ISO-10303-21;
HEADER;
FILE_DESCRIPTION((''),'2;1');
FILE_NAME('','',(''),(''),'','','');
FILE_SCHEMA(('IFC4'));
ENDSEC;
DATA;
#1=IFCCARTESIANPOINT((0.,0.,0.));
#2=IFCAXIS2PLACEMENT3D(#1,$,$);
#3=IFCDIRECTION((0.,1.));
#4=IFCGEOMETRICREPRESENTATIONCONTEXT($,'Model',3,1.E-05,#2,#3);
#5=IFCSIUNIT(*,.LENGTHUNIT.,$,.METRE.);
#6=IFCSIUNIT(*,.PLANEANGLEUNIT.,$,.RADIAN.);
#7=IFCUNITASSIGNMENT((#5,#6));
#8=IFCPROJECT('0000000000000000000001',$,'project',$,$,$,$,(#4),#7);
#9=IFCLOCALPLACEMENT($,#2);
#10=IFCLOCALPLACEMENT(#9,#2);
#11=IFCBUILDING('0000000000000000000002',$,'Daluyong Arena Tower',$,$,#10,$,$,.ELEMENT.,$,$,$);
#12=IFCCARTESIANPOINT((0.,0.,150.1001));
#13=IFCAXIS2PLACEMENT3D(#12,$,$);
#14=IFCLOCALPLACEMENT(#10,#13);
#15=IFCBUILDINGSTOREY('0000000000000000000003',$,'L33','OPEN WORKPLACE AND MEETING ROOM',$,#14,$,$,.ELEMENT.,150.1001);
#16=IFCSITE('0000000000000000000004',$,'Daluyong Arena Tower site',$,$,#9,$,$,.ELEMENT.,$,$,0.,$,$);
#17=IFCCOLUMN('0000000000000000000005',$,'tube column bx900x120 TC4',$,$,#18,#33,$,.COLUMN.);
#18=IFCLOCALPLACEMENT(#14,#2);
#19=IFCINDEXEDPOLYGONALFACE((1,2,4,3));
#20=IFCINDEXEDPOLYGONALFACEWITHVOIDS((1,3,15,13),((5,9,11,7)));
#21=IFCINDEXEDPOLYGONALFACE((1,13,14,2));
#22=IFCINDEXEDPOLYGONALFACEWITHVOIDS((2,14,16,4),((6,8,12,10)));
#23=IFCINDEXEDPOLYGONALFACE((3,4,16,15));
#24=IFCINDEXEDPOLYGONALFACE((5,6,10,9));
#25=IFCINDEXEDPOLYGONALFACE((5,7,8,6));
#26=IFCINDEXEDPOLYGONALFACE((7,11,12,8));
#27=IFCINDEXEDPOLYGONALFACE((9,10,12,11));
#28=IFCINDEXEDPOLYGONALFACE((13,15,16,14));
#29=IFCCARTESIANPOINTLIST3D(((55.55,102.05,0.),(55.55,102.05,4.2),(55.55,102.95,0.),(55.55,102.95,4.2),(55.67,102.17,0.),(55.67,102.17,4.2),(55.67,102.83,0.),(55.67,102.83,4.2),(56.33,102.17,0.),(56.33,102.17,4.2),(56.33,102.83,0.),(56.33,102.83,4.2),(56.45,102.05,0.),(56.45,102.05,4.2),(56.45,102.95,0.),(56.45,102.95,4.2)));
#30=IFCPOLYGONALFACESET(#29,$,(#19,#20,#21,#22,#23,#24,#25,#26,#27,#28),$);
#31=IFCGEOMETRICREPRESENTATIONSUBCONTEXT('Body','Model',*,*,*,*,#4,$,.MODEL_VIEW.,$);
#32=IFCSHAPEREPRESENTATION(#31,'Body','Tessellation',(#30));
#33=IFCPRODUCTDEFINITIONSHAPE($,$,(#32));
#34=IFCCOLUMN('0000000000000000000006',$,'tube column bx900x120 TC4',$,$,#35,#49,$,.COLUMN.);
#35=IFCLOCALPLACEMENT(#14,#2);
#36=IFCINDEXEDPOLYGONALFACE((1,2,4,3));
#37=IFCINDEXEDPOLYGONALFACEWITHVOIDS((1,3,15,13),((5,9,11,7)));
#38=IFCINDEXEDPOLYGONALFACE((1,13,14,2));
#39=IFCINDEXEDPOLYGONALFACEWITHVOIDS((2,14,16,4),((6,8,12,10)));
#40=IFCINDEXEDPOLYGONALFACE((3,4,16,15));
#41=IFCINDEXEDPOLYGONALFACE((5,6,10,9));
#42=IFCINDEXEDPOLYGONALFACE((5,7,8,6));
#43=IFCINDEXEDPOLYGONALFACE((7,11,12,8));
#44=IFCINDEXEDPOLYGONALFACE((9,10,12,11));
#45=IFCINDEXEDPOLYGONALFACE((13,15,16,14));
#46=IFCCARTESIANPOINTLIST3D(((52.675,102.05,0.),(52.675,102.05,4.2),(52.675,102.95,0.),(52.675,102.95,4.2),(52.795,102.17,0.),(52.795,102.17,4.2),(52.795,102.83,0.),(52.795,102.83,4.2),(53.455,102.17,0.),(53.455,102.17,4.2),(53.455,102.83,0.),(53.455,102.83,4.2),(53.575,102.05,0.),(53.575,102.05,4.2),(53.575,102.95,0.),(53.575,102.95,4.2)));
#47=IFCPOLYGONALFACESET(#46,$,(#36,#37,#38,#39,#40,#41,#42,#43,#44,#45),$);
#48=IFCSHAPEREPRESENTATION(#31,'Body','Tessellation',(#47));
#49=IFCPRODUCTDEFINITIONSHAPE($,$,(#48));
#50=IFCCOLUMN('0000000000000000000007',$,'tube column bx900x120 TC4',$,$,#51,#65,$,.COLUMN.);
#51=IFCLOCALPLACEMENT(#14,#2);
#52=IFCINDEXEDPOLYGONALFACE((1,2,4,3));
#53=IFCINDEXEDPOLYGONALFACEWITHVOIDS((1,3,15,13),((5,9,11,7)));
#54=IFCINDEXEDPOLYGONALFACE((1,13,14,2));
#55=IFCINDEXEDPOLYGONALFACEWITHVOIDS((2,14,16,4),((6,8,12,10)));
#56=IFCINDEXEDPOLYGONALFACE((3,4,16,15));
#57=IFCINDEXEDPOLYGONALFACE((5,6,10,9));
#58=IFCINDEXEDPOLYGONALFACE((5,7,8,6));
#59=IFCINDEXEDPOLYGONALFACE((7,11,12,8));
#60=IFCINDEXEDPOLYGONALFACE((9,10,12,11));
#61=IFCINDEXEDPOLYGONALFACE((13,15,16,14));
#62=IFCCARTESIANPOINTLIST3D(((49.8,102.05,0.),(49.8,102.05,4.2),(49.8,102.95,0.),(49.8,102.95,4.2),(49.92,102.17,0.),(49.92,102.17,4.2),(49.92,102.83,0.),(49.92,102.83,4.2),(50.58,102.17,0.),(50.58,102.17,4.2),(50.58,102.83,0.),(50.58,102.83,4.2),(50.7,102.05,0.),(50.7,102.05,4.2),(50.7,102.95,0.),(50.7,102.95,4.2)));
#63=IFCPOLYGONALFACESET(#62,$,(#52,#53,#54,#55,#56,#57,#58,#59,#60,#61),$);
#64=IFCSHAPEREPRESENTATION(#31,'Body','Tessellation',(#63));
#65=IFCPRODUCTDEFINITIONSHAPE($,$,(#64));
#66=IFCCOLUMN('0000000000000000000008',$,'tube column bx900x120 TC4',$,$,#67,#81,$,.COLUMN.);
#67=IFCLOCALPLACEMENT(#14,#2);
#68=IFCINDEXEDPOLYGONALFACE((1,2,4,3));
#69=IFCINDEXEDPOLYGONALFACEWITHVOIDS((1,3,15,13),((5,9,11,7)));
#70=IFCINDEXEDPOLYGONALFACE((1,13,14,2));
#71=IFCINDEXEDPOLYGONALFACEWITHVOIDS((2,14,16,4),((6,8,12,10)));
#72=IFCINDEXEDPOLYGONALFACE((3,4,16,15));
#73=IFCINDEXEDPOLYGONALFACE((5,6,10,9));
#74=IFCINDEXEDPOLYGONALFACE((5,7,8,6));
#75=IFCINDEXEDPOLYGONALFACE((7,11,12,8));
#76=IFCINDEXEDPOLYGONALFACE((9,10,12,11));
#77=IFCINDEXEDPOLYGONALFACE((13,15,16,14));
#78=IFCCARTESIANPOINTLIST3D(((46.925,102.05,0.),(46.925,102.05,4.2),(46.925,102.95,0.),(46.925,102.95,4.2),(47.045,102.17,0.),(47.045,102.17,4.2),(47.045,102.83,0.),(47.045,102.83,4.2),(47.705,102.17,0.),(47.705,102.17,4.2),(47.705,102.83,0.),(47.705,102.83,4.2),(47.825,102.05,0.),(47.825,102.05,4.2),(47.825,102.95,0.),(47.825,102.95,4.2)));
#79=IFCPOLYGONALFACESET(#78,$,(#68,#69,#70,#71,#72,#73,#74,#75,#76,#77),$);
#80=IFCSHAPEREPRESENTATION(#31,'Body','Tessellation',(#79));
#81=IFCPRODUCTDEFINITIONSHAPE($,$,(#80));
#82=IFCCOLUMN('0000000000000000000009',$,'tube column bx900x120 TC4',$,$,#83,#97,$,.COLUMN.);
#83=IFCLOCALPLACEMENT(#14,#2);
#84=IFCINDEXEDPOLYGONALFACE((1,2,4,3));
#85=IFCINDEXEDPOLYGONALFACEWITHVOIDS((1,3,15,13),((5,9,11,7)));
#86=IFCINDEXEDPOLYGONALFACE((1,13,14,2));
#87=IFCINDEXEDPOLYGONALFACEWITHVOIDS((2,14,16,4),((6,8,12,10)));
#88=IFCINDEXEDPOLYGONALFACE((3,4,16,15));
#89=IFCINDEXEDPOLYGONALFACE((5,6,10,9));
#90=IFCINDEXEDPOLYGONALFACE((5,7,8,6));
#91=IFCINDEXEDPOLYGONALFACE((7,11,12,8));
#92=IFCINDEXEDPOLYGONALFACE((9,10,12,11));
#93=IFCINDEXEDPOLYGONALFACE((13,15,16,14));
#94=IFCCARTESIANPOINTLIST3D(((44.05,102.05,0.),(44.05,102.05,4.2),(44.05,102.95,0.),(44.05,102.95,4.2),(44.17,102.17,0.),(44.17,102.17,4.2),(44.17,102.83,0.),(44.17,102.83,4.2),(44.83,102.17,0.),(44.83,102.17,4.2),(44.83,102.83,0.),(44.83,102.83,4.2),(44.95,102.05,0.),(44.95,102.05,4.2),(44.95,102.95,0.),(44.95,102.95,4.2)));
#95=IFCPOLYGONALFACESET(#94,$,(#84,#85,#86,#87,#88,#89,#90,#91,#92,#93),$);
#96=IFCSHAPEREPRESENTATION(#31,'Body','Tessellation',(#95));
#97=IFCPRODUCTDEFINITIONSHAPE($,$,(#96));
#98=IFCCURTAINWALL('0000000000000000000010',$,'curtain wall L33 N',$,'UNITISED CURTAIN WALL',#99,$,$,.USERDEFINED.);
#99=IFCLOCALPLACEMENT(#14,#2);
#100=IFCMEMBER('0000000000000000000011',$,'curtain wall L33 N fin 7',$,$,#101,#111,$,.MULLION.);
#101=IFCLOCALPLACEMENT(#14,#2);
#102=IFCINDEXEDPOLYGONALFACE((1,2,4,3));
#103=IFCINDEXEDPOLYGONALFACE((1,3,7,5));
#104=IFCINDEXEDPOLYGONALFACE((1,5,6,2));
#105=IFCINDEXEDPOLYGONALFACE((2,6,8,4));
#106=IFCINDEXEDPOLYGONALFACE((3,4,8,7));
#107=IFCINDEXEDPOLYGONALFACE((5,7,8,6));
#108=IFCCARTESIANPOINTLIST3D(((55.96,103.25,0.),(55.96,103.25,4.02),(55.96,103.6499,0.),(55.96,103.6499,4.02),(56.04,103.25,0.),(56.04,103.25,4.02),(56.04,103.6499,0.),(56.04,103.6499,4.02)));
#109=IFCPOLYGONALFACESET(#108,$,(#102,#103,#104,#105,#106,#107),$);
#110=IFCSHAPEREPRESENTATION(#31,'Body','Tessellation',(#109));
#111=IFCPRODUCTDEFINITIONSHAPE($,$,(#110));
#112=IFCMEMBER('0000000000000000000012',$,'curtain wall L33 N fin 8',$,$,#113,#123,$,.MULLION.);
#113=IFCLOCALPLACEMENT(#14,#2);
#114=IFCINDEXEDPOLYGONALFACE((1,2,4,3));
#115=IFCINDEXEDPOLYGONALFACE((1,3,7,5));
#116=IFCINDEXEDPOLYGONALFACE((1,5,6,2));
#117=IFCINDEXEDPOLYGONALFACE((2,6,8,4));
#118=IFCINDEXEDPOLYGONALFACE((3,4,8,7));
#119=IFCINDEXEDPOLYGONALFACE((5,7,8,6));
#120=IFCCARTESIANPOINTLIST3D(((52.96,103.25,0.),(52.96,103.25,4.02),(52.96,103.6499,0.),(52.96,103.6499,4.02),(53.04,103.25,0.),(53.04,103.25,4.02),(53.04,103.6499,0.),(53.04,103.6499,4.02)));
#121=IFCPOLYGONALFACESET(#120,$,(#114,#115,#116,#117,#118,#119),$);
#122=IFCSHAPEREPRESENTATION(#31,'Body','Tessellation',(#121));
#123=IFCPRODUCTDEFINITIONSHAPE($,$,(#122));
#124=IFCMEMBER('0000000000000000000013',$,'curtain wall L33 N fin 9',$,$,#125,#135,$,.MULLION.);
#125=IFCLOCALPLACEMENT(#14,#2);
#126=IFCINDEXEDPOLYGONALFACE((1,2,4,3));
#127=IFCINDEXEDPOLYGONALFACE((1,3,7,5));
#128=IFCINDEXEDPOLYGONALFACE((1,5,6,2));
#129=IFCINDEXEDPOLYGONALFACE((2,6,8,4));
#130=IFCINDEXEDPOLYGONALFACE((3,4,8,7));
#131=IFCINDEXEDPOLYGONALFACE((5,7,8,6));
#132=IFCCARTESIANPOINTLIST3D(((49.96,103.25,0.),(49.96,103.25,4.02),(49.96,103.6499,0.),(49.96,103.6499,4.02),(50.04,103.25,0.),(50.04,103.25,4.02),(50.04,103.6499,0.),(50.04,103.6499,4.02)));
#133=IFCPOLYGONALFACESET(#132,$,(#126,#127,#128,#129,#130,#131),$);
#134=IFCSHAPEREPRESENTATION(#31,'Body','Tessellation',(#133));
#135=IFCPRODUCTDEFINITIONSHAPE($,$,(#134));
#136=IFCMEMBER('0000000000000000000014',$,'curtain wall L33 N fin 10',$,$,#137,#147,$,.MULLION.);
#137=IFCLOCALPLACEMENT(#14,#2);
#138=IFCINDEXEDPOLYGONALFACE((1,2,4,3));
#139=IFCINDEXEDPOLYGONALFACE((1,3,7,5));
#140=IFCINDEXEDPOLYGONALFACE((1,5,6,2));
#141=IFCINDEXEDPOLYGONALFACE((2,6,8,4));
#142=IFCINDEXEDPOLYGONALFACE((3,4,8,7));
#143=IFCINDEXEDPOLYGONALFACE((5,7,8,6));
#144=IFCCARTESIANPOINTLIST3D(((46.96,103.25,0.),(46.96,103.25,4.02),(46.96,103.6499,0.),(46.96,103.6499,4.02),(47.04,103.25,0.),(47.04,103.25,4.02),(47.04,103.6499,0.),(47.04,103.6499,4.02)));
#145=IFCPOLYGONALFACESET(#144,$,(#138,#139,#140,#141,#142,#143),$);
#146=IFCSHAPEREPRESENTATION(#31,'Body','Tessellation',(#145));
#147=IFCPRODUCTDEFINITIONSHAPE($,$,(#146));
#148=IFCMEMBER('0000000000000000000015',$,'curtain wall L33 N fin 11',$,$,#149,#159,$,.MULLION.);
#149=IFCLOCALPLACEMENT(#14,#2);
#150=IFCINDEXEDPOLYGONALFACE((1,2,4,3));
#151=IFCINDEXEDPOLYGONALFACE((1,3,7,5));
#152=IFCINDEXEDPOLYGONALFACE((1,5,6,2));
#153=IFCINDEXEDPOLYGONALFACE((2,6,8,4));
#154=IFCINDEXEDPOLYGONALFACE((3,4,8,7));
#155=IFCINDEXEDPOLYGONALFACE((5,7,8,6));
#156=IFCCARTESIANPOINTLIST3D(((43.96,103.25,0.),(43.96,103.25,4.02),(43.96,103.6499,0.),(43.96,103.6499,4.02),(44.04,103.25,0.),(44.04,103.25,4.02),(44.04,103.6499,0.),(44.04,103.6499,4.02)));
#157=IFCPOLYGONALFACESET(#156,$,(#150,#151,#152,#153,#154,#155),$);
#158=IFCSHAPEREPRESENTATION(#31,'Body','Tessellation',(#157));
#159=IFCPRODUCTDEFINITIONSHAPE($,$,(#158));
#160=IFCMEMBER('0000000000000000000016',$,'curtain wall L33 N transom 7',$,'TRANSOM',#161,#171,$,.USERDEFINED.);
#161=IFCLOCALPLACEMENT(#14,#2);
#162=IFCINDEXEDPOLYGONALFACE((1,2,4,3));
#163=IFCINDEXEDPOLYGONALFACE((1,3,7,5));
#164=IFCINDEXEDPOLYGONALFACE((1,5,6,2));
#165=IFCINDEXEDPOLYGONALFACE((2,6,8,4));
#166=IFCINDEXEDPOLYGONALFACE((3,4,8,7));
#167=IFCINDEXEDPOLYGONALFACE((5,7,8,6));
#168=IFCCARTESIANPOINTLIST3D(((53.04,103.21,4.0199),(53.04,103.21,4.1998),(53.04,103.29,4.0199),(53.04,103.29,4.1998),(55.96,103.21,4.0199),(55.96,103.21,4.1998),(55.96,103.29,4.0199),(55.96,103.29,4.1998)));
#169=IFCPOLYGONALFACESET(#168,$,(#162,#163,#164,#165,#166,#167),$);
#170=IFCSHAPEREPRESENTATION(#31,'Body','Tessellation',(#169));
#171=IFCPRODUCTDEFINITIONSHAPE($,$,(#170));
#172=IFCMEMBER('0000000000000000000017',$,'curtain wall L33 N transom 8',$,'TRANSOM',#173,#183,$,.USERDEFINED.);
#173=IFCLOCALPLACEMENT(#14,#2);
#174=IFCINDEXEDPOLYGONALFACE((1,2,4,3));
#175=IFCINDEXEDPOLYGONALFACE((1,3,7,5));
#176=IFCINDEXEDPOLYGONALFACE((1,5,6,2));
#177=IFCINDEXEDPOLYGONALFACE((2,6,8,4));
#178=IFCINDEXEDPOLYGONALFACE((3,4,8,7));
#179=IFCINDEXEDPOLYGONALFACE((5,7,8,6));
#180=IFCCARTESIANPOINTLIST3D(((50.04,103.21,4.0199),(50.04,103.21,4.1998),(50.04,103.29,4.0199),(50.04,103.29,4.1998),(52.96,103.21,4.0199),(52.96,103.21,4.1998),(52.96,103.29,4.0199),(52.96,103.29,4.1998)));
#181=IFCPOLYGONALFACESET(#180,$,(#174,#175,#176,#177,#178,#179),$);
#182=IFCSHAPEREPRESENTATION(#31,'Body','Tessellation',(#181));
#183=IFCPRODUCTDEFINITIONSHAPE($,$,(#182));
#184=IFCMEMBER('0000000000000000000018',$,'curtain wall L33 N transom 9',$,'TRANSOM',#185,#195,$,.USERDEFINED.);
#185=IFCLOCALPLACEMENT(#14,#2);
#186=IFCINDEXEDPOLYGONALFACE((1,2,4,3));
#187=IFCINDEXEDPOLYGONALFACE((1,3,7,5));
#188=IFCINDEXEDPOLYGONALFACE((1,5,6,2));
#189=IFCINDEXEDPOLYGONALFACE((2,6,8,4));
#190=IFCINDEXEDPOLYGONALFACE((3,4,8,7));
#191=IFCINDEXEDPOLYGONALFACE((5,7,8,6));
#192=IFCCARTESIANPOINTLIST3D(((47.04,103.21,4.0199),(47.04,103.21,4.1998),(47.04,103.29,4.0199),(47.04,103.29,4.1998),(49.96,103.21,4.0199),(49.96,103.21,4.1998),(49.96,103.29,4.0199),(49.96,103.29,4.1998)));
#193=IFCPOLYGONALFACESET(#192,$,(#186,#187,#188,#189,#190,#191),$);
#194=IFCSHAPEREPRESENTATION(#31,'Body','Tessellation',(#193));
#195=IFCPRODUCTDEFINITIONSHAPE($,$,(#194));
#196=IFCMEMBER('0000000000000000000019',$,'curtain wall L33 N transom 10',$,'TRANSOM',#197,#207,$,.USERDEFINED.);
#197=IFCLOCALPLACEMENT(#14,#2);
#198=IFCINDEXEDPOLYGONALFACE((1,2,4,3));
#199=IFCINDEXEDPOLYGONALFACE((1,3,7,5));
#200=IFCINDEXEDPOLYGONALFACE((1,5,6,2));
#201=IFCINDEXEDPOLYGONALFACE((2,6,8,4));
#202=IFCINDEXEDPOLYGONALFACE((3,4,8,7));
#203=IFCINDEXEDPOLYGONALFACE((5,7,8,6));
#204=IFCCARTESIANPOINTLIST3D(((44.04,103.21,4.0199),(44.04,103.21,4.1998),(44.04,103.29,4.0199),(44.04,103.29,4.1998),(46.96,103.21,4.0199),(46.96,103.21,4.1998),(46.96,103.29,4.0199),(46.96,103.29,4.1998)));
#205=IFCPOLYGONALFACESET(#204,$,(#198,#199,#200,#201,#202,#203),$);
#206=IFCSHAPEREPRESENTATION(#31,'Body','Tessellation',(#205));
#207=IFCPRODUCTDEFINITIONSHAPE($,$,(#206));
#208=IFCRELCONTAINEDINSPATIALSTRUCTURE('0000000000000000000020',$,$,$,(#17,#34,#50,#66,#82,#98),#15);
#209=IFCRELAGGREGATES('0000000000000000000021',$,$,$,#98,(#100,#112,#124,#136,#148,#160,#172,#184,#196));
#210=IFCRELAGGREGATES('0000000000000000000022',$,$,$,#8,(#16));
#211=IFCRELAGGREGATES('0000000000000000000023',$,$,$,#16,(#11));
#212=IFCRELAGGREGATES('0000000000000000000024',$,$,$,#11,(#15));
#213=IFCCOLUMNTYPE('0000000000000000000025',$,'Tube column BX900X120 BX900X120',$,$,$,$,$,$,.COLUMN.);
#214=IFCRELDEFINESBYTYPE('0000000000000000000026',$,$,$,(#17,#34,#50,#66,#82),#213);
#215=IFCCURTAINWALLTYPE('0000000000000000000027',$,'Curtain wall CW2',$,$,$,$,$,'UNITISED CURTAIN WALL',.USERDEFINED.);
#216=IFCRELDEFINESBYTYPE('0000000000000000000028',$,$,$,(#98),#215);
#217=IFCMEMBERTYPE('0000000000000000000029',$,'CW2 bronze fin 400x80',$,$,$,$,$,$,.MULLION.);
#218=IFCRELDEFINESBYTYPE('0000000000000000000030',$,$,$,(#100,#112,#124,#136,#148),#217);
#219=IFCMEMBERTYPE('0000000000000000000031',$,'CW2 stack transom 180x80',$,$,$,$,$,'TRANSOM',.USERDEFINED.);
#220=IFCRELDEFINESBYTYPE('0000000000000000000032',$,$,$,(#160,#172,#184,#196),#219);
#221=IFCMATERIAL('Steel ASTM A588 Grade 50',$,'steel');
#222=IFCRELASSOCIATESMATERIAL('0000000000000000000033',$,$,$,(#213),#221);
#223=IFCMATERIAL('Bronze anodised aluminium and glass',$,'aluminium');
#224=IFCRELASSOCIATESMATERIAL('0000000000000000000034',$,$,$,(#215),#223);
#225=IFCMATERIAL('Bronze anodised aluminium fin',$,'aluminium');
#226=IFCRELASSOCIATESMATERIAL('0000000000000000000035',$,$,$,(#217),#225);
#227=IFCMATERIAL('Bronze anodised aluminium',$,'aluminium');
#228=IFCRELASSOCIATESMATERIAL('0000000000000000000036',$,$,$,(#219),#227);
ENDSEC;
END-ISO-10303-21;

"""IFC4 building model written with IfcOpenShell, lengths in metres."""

from ifc_helpers import new_model, si_unit, direction, frame, origin, origin_2d, place, context, subcontext, project, spatial, rectangle, hollow_rectangle, extrude, material, material_profile, profile_set, type_object, element, aggregate, save


model = new_model("IFC4")

# Units and contexts
model_context = context("Model", 3, precision=1e-05, world=origin(), true_north=direction((0.0, 1.0)))
body_context = subcontext(model_context, "Body", "Model", "MODEL_VIEW")
ifc_project = project(units=[si_unit("LENGTHUNIT", "METRE"), si_unit("PLANEANGLEUNIT", "RADIAN")], contexts=[model_context])

# Site, building, storey
site_placement = place(None, origin())
site = spatial("IfcSite", under=ifc_project, at=site_placement, Name="Daluyong Arena Tower site", CompositionType="ELEMENT", RefElevation=0.0)
building_placement = place(site_placement, origin())
building = spatial("IfcBuilding", under=site, at=building_placement, Name="Daluyong Arena Tower", CompositionType="ELEMENT")
storey_placement = place(building_placement, frame((0.0, 0.0, 150.1001)))
storey = spatial("IfcBuildingStorey", under=building, at=storey_placement, Name="L33", Description="OPEN WORKPLACE AND MEETING ROOM", CompositionType="ELEMENT", Elevation=150.1001)

# Columns
ifc_material_1 = material(Name="Steel ASTM A588 Grade 50", Category="steel")
ifc_material_profile_1 = material_profile(ifc_material_1, hollow_rectangle(XDim=0.8999, YDim=0.8999, WallThickness=0.12, at=origin_2d()))
ifc_profile_set_1 = profile_set([ifc_material_profile_1], Name="Steel ASTM A588 Grade 50")
column_type = type_object("IfcColumnType", Name="Tube column BX900X120 BX900X120", PredefinedType="COLUMN", material=ifc_profile_set_1)
for number, where, z_axis, x_axis, name in (
    (1, (56.0, 102.5, 0.0), (0.0, 0.0, 1.0), (1.0, 0.0, 0.0), "tube column bx900x120 TC4"),
    (2, (53.125, 102.5, 0.0), (0.0, 0.0, 1.0), (1.0, 0.0, 0.0), "tube column bx900x120 TC4"),
    (3, (50.25, 102.5, 0.0), (0.0, 0.0, 1.0), (1.0, 0.0, 0.0), "tube column bx900x120 TC4"),
    (4, (47.375, 102.5, 0.0), (0.0, 0.0, 1.0), (1.0, 0.0, 0.0), "tube column bx900x120 TC4"),
    (5, (44.5, 102.5, 0.0), (0.0, 0.0, 1.0), (1.0, 0.0, 0.0), "tube column bx900x120 TC4"),
):
    element("IfcColumn", number, at=place(storey_placement, frame(where, z_axis=z_axis, x_axis=x_axis)), inside=storey, type_object=column_type, Name=name, PredefinedType="COLUMN", context=body_context, shape_type="SweptSolid", body=[
        extrude(hollow_rectangle(XDim=0.8999, YDim=0.8999, WallThickness=0.12, at=origin_2d()), origin(), (0.0, 0.0, 1.0), 4.2),
    ])

# Curtain wall, members
ifc_material_2 = material(Name="Bronze anodised aluminium and glass", Category="aluminium")
curtain_wall_type = type_object("IfcCurtainWallType", Name="Curtain wall CW2", ElementType="UNITISED CURTAIN WALL", PredefinedType="USERDEFINED", material=ifc_material_2)
curtain_wall_placement = place(storey_placement, origin())
curtain_wall = element("IfcCurtainWall", 6, at=curtain_wall_placement, inside=storey, type_object=curtain_wall_type, Name="curtain wall L33 N", ObjectType="UNITISED CURTAIN WALL", PredefinedType="USERDEFINED")
ifc_material_3 = material(Name="Bronze anodised aluminium fin", Category="aluminium")
ifc_material_profile_2 = material_profile(ifc_material_3, rectangle(XDim=0.3999, YDim=0.0801, at=origin_2d()))
ifc_profile_set_2 = profile_set([ifc_material_profile_2], Name="Bronze anodised aluminium fin")
member_type_1 = type_object("IfcMemberType", Name="CW2 bronze fin 400x80", PredefinedType="MULLION", material=ifc_profile_set_2)
member_1_placement = place(storey_placement, frame((56.0, 103.45, 0.0), z_axis=(0.0, 0.0, 1.0), x_axis=(0.0, -1.0, 0.0)))
member_1 = element("IfcMember", 7, at=member_1_placement, type_object=member_type_1, Name="curtain wall L33 N fin 7", PredefinedType="MULLION", context=body_context, shape_type="SweptSolid", body=[
    extrude(rectangle(XDim=0.3999, YDim=0.0801, at=origin_2d()), origin(), (0.0, 0.0, 1.0), 4.02),
])
member_2_placement = place(storey_placement, frame((53.0, 103.45, 0.0), z_axis=(0.0, 0.0, 1.0), x_axis=(0.0, -1.0, 0.0)))
member_2 = element("IfcMember", 8, at=member_2_placement, type_object=member_type_1, Name="curtain wall L33 N fin 8", PredefinedType="MULLION", context=body_context, shape_type="SweptSolid", body=[
    extrude(rectangle(XDim=0.3999, YDim=0.0801, at=origin_2d()), origin(), (0.0, 0.0, 1.0), 4.02),
])
member_3_placement = place(storey_placement, frame((50.0, 103.45, 0.0), z_axis=(0.0, 0.0, 1.0), x_axis=(0.0, -1.0, 0.0)))
member_3 = element("IfcMember", 9, at=member_3_placement, type_object=member_type_1, Name="curtain wall L33 N fin 9", PredefinedType="MULLION", context=body_context, shape_type="SweptSolid", body=[
    extrude(rectangle(XDim=0.3999, YDim=0.0801, at=origin_2d()), origin(), (0.0, 0.0, 1.0), 4.02),
])
member_4_placement = place(storey_placement, frame((47.0, 103.45, 0.0), z_axis=(0.0, 0.0, 1.0), x_axis=(0.0, -1.0, 0.0)))
member_4 = element("IfcMember", 10, at=member_4_placement, type_object=member_type_1, Name="curtain wall L33 N fin 10", PredefinedType="MULLION", context=body_context, shape_type="SweptSolid", body=[
    extrude(rectangle(XDim=0.3999, YDim=0.0801, at=origin_2d()), origin(), (0.0, 0.0, 1.0), 4.02),
])
member_5_placement = place(storey_placement, frame((44.0, 103.45, 0.0), z_axis=(0.0, 0.0, 1.0), x_axis=(0.0, -1.0, 0.0)))
member_5 = element("IfcMember", 11, at=member_5_placement, type_object=member_type_1, Name="curtain wall L33 N fin 11", PredefinedType="MULLION", context=body_context, shape_type="SweptSolid", body=[
    extrude(rectangle(XDim=0.3999, YDim=0.0801, at=origin_2d()), origin(), (0.0, 0.0, 1.0), 4.02),
])
ifc_material_4 = material(Name="Bronze anodised aluminium", Category="aluminium")
ifc_material_profile_3 = material_profile(ifc_material_4, rectangle(XDim=0.0801, YDim=0.1799, at=origin_2d()))
ifc_profile_set_3 = profile_set([ifc_material_profile_3], Name="Bronze anodised aluminium")
member_type_2 = type_object("IfcMemberType", Name="CW2 stack transom 180x80", ElementType="TRANSOM", PredefinedType="USERDEFINED", material=ifc_profile_set_3)
member_6_placement = place(storey_placement, frame((55.96, 103.25, 4.1099), z_axis=(-1.0, 0.0, 0.0), x_axis=(0.0, -1.0, 0.0)))
member_6 = element("IfcMember", 12, at=member_6_placement, type_object=member_type_2, Name="curtain wall L33 N transom 7", ObjectType="TRANSOM", PredefinedType="USERDEFINED", context=body_context, shape_type="SweptSolid", body=[
    extrude(rectangle(XDim=0.0801, YDim=0.1799, at=origin_2d()), origin(), (0.0, 0.0, 1.0), 2.9199),
])
member_7_placement = place(storey_placement, frame((52.96, 103.25, 4.1099), z_axis=(-1.0, 0.0, 0.0), x_axis=(0.0, -1.0, 0.0)))
member_7 = element("IfcMember", 13, at=member_7_placement, type_object=member_type_2, Name="curtain wall L33 N transom 8", ObjectType="TRANSOM", PredefinedType="USERDEFINED", context=body_context, shape_type="SweptSolid", body=[
    extrude(rectangle(XDim=0.0801, YDim=0.1799, at=origin_2d()), origin(), (0.0, 0.0, 1.0), 2.9199),
])
member_8_placement = place(storey_placement, frame((49.96, 103.25, 4.1099), z_axis=(-1.0, 0.0, 0.0), x_axis=(0.0, -1.0, 0.0)))
member_8 = element("IfcMember", 14, at=member_8_placement, type_object=member_type_2, Name="curtain wall L33 N transom 9", ObjectType="TRANSOM", PredefinedType="USERDEFINED", context=body_context, shape_type="SweptSolid", body=[
    extrude(rectangle(XDim=0.0801, YDim=0.1799, at=origin_2d()), origin(), (0.0, 0.0, 1.0), 2.9199),
])
member_9_placement = place(storey_placement, frame((46.96, 103.25, 4.1099), z_axis=(-1.0, 0.0, 0.0), x_axis=(0.0, -1.0, 0.0)))
member_9 = element("IfcMember", 15, at=member_9_placement, type_object=member_type_2, Name="curtain wall L33 N transom 10", ObjectType="TRANSOM", PredefinedType="USERDEFINED", context=body_context, shape_type="SweptSolid", body=[
    extrude(rectangle(XDim=0.0801, YDim=0.1799, at=origin_2d()), origin(), (0.0, 0.0, 1.0), 2.9199),
])

aggregate(curtain_wall, [member_1, member_2, member_3, member_4, member_5, member_6, member_7, member_8, member_9])

save(model, "model.ifc")
